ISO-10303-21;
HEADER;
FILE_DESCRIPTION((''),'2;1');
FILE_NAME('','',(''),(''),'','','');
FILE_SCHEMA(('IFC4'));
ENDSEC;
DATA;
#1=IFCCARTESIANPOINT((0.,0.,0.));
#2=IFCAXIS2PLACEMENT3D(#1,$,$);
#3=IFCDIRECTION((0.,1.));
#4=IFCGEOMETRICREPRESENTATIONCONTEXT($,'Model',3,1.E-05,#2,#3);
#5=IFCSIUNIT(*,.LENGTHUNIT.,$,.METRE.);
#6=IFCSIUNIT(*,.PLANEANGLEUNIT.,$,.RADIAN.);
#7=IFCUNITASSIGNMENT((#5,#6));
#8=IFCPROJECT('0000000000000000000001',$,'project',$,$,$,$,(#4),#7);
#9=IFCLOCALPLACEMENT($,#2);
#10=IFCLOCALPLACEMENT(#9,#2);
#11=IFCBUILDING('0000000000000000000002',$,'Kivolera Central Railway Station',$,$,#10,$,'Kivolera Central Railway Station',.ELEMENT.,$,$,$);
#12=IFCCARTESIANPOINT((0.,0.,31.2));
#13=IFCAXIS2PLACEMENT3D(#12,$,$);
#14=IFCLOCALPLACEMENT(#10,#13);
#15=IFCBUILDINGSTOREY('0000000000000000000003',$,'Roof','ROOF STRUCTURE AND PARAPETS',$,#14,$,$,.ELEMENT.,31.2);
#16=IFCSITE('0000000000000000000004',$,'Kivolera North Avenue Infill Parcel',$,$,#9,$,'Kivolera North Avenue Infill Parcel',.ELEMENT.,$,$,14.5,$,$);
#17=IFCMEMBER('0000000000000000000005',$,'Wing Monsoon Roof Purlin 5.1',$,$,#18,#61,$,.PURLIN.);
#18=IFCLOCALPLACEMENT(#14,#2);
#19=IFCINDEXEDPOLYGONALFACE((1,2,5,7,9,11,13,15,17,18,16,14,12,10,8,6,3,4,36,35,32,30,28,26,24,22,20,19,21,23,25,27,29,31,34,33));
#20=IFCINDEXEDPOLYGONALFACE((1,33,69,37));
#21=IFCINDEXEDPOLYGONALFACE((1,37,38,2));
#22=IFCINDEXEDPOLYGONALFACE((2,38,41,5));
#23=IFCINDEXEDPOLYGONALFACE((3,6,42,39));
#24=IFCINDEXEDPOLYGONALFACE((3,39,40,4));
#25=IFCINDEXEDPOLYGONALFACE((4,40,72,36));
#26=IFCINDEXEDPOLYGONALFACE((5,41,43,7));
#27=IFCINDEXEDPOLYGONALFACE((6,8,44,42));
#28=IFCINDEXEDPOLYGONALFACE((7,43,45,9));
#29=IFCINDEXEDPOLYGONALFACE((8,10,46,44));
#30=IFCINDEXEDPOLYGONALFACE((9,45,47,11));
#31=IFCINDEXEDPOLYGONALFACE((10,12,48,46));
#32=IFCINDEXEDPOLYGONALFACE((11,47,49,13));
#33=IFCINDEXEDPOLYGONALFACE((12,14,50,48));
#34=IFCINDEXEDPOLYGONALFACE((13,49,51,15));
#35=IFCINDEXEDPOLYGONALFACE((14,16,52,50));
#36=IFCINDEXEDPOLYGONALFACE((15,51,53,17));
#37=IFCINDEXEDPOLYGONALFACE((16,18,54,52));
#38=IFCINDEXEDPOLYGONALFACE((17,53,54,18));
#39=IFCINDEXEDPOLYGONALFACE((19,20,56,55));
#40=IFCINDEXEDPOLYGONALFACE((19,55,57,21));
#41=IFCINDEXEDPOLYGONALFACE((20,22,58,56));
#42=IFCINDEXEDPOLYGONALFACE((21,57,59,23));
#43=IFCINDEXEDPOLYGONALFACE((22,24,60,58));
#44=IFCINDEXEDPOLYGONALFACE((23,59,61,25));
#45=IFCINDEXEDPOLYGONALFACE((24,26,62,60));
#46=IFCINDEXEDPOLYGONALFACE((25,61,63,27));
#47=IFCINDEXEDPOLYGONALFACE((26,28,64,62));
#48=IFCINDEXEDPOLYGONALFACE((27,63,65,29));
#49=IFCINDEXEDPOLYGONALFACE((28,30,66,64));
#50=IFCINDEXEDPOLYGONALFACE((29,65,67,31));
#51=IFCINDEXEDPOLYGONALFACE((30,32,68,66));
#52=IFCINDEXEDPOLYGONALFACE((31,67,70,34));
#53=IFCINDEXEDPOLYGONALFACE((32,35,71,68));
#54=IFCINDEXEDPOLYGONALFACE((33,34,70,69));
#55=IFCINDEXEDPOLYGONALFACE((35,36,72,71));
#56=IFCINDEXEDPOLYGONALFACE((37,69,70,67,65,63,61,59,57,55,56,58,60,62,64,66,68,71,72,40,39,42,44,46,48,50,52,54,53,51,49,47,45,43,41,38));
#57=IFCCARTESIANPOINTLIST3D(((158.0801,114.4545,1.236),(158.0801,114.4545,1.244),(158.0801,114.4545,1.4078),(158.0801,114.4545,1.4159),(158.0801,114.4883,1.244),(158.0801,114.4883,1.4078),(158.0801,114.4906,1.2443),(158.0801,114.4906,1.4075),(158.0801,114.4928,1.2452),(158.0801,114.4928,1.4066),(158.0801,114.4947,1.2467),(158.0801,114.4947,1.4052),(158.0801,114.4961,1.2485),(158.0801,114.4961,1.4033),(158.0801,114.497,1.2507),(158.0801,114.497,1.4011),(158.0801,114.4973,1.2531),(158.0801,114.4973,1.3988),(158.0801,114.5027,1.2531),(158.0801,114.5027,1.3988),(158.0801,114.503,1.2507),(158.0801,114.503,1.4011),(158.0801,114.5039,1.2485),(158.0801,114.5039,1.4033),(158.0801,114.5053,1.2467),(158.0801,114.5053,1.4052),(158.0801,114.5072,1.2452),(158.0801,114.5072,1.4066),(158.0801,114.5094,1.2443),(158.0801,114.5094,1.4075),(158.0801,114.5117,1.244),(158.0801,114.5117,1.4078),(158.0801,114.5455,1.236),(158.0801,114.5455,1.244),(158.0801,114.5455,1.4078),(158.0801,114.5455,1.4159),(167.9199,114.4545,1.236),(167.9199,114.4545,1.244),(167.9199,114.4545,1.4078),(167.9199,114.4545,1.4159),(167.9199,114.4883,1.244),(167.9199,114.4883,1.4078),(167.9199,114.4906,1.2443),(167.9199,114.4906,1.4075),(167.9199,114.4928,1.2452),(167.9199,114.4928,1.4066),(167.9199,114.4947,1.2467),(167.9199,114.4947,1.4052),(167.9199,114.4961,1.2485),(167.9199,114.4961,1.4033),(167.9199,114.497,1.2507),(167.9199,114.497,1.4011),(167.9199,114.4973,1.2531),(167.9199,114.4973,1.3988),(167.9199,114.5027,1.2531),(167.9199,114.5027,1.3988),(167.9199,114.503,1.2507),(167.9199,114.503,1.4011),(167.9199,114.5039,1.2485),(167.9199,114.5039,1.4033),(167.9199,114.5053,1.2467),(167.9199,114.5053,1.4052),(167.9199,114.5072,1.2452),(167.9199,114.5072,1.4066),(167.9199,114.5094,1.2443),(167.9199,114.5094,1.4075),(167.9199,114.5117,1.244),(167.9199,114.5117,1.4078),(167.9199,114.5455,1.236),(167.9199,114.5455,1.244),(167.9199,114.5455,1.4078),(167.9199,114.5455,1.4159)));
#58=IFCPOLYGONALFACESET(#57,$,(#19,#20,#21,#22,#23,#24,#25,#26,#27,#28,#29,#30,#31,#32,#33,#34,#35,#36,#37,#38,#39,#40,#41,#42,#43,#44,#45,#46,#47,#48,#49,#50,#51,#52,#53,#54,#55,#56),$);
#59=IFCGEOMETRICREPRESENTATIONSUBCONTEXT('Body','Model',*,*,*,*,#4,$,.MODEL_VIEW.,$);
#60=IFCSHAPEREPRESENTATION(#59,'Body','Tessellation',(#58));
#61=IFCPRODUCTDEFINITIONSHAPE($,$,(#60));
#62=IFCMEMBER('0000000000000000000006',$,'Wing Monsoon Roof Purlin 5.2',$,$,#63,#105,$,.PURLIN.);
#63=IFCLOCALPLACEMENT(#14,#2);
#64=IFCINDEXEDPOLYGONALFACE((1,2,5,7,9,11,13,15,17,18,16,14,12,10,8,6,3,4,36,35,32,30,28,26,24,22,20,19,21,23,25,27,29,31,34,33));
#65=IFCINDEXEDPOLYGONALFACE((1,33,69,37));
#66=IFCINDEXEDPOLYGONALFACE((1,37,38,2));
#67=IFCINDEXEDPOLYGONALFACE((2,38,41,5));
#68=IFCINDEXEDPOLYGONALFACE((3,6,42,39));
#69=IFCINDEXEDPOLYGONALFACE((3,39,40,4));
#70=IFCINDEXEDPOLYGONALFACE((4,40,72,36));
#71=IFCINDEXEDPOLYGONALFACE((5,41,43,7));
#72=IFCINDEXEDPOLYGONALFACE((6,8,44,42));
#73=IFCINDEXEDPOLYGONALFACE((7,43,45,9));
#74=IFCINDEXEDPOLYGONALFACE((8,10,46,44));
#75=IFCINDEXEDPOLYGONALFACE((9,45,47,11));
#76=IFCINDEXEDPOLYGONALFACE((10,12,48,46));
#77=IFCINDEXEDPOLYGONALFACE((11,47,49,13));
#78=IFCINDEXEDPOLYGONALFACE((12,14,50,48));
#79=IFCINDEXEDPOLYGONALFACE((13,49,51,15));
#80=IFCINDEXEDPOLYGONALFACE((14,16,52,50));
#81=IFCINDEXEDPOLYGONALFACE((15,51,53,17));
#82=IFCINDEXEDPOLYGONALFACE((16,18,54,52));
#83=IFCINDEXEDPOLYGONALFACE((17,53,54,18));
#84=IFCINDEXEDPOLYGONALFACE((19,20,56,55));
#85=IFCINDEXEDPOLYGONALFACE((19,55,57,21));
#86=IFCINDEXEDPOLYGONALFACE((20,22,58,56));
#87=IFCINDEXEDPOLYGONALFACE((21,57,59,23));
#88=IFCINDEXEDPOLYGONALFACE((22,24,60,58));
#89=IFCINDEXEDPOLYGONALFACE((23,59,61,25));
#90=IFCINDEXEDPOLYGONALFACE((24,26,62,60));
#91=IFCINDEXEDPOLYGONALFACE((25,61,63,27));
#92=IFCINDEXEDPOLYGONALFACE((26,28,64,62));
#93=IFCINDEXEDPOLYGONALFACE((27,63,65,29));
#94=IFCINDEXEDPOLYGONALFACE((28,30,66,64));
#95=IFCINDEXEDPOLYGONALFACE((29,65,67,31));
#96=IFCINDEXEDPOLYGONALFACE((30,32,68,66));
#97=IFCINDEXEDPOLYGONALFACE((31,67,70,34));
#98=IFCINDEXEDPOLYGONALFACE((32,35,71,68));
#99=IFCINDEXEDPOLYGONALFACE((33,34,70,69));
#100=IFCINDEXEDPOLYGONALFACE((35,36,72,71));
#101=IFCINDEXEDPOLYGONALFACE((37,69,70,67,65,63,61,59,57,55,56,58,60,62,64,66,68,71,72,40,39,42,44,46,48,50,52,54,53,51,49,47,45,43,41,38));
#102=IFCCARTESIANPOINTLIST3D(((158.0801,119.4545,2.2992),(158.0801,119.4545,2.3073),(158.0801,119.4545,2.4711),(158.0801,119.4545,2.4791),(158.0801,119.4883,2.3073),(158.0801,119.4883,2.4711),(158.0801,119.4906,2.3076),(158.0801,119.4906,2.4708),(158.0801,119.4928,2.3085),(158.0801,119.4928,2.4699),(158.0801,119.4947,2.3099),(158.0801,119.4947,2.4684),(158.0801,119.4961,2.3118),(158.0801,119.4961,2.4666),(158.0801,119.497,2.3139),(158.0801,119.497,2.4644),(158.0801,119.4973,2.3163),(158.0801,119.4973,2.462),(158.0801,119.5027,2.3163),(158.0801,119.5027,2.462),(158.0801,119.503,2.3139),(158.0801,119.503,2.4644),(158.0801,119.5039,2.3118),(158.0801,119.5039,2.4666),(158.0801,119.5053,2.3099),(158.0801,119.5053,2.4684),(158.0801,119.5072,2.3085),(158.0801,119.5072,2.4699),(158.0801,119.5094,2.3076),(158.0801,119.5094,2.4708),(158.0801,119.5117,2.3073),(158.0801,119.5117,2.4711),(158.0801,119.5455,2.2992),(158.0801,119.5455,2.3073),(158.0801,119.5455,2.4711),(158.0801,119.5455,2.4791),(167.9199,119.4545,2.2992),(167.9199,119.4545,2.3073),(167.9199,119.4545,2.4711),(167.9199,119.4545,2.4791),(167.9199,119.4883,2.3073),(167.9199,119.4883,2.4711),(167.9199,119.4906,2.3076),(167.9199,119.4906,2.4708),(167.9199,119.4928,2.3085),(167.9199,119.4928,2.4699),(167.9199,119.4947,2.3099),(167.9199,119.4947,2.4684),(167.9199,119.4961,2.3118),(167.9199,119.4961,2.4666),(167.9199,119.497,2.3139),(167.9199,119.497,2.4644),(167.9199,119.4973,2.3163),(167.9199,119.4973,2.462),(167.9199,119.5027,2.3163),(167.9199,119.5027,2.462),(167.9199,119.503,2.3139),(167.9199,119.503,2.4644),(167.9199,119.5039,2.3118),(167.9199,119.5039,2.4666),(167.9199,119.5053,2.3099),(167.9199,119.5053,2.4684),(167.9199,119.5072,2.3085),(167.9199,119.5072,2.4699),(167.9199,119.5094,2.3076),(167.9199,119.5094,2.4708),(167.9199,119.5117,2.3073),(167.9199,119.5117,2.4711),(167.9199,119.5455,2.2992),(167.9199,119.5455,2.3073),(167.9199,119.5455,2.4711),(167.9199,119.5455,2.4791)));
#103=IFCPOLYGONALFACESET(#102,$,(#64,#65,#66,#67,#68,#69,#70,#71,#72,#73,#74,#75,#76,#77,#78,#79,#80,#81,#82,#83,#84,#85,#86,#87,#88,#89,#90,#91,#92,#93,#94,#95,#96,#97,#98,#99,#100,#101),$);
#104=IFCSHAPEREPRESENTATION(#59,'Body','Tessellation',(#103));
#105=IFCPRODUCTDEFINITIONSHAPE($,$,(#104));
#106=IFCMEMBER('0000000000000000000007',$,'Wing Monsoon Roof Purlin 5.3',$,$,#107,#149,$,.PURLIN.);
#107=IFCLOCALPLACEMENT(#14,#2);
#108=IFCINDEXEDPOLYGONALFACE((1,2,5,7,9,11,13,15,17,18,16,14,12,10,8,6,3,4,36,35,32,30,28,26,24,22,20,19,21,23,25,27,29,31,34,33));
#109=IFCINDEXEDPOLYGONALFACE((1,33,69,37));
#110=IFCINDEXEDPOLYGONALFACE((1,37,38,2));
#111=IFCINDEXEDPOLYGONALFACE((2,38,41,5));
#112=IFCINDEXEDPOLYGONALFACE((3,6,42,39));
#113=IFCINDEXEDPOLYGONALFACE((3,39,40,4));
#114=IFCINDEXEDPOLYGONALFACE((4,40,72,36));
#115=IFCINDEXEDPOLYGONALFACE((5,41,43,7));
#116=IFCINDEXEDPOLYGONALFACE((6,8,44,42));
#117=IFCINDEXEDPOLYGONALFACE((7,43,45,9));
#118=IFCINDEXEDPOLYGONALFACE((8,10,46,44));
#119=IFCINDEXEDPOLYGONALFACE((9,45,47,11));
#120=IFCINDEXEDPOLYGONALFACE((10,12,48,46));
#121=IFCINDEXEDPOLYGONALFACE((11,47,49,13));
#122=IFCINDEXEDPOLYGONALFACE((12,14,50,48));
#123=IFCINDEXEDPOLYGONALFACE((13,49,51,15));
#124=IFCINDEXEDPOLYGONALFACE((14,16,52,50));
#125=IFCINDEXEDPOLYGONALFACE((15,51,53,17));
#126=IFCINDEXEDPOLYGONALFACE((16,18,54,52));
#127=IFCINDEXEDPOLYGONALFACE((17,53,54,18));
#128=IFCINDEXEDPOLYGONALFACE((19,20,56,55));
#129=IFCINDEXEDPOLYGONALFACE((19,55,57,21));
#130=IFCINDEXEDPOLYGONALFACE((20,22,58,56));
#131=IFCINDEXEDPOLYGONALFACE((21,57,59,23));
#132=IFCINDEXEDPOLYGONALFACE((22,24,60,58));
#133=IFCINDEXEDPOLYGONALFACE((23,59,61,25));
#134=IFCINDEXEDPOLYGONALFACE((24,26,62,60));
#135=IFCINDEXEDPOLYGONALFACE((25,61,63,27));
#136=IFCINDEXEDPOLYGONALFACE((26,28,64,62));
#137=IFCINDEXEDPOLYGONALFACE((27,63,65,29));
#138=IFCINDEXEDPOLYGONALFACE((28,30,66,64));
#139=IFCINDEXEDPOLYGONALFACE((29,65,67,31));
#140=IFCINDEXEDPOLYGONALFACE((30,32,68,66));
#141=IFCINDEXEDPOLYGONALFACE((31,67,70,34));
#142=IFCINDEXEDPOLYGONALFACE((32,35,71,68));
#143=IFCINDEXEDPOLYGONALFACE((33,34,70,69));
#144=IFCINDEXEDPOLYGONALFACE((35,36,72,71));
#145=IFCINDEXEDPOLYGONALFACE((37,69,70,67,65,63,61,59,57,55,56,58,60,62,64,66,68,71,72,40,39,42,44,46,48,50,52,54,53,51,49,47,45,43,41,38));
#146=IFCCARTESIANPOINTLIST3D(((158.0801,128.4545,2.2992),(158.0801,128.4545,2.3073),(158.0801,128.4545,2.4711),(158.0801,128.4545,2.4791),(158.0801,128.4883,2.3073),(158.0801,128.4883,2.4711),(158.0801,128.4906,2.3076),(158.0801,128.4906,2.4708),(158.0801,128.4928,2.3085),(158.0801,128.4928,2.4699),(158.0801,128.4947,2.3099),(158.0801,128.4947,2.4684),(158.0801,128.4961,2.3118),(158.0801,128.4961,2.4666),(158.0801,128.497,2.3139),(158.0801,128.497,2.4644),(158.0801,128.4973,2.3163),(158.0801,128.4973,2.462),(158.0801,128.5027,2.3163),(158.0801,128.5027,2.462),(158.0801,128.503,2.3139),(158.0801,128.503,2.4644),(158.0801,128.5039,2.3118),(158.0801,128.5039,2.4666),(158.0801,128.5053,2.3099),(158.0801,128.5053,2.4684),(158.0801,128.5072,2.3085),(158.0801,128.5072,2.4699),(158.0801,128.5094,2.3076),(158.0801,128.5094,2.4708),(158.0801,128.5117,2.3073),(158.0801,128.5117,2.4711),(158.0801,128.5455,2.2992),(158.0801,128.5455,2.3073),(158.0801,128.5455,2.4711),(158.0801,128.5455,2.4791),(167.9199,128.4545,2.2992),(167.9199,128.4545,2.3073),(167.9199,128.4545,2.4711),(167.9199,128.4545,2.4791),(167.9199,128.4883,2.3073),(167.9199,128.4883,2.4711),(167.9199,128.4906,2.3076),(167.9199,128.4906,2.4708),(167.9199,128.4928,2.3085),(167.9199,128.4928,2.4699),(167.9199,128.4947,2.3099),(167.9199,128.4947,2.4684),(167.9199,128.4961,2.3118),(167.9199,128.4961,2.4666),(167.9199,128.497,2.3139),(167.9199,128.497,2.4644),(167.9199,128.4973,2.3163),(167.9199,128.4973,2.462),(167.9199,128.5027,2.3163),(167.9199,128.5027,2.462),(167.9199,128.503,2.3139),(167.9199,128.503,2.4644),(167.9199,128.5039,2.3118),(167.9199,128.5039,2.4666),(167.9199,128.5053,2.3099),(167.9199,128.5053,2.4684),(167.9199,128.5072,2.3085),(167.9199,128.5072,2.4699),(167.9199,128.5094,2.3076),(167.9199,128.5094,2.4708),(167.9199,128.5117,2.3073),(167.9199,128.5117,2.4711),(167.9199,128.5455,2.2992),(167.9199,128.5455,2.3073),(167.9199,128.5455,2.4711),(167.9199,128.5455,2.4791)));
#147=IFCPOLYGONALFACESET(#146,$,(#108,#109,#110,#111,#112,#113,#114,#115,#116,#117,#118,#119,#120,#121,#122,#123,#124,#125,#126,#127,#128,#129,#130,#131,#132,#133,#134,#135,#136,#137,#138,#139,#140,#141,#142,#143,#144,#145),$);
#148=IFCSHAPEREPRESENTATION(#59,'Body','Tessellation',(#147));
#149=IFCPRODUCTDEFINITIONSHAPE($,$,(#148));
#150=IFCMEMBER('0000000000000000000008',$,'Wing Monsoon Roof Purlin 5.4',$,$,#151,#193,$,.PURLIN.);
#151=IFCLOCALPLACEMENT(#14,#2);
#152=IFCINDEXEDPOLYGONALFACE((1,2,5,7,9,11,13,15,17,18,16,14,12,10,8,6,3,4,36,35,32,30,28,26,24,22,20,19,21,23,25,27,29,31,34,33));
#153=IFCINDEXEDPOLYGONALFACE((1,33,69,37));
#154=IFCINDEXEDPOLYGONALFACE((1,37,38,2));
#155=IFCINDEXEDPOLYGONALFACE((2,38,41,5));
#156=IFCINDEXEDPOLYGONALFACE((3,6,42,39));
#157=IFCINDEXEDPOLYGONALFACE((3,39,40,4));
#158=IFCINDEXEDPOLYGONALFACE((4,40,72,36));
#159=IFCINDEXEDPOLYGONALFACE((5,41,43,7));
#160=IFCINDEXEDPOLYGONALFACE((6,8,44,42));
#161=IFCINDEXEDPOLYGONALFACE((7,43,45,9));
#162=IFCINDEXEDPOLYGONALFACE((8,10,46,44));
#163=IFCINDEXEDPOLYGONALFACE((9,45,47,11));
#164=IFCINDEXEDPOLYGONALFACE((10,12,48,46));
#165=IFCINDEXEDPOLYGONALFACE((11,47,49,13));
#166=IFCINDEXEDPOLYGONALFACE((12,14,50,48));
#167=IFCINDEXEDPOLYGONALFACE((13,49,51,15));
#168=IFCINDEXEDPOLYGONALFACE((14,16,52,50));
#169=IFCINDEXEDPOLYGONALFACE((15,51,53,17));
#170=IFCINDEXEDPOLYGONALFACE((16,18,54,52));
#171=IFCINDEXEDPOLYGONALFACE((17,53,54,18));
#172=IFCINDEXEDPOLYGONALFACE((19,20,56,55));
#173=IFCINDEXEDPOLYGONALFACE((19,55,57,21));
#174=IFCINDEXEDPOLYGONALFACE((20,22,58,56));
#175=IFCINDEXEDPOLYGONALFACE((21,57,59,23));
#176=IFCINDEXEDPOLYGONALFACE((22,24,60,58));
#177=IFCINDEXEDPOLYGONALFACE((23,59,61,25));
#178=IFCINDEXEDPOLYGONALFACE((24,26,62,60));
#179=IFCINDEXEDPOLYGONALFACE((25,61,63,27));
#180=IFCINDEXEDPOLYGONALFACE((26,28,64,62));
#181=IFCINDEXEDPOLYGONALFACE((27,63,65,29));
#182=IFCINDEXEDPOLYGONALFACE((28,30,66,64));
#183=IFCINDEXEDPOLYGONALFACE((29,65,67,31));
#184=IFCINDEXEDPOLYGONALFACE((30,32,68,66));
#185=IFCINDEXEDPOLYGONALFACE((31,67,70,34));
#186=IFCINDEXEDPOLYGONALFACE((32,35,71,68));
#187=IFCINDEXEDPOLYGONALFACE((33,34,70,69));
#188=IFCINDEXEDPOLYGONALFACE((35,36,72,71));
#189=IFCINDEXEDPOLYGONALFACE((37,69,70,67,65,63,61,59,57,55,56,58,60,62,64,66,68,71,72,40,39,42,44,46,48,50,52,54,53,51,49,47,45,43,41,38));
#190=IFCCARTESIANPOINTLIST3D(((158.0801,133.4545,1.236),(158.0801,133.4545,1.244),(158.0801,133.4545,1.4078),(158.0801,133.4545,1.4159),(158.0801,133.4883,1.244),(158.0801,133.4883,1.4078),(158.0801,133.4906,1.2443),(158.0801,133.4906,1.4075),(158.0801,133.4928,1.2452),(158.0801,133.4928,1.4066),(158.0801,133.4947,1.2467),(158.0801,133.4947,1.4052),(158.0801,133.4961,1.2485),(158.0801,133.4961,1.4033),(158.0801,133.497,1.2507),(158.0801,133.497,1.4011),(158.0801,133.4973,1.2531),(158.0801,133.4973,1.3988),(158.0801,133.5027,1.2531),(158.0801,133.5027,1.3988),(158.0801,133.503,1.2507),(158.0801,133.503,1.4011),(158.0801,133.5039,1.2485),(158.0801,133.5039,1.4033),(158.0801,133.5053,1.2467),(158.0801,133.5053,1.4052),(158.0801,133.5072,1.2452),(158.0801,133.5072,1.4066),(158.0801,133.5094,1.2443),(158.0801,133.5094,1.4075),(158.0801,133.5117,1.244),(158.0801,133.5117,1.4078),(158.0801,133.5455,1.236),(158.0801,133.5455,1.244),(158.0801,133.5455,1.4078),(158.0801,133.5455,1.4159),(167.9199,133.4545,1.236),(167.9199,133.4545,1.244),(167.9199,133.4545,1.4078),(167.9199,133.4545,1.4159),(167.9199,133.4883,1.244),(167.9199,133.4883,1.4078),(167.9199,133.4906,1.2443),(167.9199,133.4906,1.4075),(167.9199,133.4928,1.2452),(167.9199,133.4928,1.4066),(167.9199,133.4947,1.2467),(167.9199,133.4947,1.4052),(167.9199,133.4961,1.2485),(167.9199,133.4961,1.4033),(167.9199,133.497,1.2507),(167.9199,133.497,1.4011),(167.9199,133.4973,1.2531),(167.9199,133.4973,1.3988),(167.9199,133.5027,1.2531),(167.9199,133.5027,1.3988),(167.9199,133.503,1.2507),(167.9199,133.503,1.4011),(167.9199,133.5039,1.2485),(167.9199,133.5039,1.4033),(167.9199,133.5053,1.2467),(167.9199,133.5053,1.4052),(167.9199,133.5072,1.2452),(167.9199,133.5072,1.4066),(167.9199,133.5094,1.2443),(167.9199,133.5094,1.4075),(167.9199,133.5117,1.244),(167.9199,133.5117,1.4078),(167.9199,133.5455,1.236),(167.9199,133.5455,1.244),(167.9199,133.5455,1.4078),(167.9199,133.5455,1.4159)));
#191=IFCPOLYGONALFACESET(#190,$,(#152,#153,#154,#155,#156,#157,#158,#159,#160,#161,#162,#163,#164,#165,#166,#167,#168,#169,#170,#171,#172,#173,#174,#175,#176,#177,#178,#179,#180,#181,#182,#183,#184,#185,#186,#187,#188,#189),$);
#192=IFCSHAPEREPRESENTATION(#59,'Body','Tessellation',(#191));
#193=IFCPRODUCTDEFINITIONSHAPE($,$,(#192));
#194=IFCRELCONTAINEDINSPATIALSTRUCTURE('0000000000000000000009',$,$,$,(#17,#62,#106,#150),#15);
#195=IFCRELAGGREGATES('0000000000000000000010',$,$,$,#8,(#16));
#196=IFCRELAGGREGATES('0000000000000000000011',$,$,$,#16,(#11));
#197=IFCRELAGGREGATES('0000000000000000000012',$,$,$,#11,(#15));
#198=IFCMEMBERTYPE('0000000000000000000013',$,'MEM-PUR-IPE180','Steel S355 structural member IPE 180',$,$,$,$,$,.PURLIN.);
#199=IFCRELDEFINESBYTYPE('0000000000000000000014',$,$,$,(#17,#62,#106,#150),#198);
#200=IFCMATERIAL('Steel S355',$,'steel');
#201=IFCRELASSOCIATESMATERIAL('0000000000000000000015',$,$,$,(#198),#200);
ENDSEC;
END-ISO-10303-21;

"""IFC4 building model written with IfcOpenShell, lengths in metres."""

from ifc_helpers import new_model, si_unit, direction, frame, origin, origin_2d, place, context, subcontext, project, spatial, i_section, extrude, material, material_profile, profile_set, type_object, element, save


model = new_model("IFC4")

# Units and contexts
model_context = context("Model", 3, precision=1e-05, world=origin(), true_north=direction((0.0, 1.0)))
body_context = subcontext(model_context, "Body", "Model", "MODEL_VIEW")
ifc_project = project(units=[si_unit("LENGTHUNIT", "METRE"), si_unit("PLANEANGLEUNIT", "RADIAN")], contexts=[model_context])

# Site, building, storey
site_placement = place(None, origin())
site = spatial("IfcSite", under=ifc_project, at=site_placement, Name="Kivolera North Avenue Infill Parcel", LongName="Kivolera North Avenue Infill Parcel", CompositionType="ELEMENT", RefElevation=14.5)
building_placement = place(site_placement, origin())
building = spatial("IfcBuilding", under=site, at=building_placement, Name="Kivolera Central Railway Station", LongName="Kivolera Central Railway Station", CompositionType="ELEMENT")
storey_placement = place(building_placement, frame((0.0, 0.0, 31.2)))
storey = spatial("IfcBuildingStorey", under=building, at=storey_placement, Name="Roof", Description="ROOF STRUCTURE AND PARAPETS", CompositionType="ELEMENT", Elevation=31.2)

# Shared definitions
ifc_material_1 = material(Name="Steel S355", Category="steel")

# Members
ifc_material_profile_1 = material_profile(ifc_material_1, i_section(OverallWidth=0.0911, OverallDepth=0.1799, WebThickness=0.0054, FlangeThickness=0.0081, FilletRadius=0.009, at=origin_2d()), Name="IPE 180")
ifc_profile_set_1 = profile_set([ifc_material_profile_1], Name="Steel S355")
member_type_1 = type_object("IfcMemberType", Name="MEM-PUR-IPE180", Description="Steel S355 structural member IPE 180", PredefinedType="PURLIN", material=ifc_profile_set_1)
for number, where, z_axis, x_axis, name in (
    (1, (158.0801, 114.5, 1.3259), (1.0, 0.0, 0.0), (0.0, 1.0, 0.0), "Wing Monsoon Roof Purlin 5.1"),
    (2, (158.0801, 119.5, 2.3892), (1.0, 0.0, 0.0), (0.0, 1.0, 0.0), "Wing Monsoon Roof Purlin 5.2"),
    (3, (158.0801, 128.5, 2.3892), (1.0, 0.0, 0.0), (0.0, 1.0, 0.0), "Wing Monsoon Roof Purlin 5.3"),
    (4, (158.0801, 133.5, 1.3259), (1.0, 0.0, 0.0), (0.0, 1.0, 0.0), "Wing Monsoon Roof Purlin 5.4"),
):
    element("IfcMember", number, at=place(storey_placement, frame(where, z_axis=z_axis, x_axis=x_axis)), inside=storey, type_object=member_type_1, Name=name, PredefinedType="PURLIN", context=body_context, shape_type="SweptSolid", body=[
        extrude(i_section(OverallWidth=0.0911, OverallDepth=0.1799, WebThickness=0.0054, FlangeThickness=0.0081, FilletRadius=0.009, at=origin_2d()), origin(), (0.0, 0.0, 1.0), 9.8398),
    ])

save(model, "model.ifc")
